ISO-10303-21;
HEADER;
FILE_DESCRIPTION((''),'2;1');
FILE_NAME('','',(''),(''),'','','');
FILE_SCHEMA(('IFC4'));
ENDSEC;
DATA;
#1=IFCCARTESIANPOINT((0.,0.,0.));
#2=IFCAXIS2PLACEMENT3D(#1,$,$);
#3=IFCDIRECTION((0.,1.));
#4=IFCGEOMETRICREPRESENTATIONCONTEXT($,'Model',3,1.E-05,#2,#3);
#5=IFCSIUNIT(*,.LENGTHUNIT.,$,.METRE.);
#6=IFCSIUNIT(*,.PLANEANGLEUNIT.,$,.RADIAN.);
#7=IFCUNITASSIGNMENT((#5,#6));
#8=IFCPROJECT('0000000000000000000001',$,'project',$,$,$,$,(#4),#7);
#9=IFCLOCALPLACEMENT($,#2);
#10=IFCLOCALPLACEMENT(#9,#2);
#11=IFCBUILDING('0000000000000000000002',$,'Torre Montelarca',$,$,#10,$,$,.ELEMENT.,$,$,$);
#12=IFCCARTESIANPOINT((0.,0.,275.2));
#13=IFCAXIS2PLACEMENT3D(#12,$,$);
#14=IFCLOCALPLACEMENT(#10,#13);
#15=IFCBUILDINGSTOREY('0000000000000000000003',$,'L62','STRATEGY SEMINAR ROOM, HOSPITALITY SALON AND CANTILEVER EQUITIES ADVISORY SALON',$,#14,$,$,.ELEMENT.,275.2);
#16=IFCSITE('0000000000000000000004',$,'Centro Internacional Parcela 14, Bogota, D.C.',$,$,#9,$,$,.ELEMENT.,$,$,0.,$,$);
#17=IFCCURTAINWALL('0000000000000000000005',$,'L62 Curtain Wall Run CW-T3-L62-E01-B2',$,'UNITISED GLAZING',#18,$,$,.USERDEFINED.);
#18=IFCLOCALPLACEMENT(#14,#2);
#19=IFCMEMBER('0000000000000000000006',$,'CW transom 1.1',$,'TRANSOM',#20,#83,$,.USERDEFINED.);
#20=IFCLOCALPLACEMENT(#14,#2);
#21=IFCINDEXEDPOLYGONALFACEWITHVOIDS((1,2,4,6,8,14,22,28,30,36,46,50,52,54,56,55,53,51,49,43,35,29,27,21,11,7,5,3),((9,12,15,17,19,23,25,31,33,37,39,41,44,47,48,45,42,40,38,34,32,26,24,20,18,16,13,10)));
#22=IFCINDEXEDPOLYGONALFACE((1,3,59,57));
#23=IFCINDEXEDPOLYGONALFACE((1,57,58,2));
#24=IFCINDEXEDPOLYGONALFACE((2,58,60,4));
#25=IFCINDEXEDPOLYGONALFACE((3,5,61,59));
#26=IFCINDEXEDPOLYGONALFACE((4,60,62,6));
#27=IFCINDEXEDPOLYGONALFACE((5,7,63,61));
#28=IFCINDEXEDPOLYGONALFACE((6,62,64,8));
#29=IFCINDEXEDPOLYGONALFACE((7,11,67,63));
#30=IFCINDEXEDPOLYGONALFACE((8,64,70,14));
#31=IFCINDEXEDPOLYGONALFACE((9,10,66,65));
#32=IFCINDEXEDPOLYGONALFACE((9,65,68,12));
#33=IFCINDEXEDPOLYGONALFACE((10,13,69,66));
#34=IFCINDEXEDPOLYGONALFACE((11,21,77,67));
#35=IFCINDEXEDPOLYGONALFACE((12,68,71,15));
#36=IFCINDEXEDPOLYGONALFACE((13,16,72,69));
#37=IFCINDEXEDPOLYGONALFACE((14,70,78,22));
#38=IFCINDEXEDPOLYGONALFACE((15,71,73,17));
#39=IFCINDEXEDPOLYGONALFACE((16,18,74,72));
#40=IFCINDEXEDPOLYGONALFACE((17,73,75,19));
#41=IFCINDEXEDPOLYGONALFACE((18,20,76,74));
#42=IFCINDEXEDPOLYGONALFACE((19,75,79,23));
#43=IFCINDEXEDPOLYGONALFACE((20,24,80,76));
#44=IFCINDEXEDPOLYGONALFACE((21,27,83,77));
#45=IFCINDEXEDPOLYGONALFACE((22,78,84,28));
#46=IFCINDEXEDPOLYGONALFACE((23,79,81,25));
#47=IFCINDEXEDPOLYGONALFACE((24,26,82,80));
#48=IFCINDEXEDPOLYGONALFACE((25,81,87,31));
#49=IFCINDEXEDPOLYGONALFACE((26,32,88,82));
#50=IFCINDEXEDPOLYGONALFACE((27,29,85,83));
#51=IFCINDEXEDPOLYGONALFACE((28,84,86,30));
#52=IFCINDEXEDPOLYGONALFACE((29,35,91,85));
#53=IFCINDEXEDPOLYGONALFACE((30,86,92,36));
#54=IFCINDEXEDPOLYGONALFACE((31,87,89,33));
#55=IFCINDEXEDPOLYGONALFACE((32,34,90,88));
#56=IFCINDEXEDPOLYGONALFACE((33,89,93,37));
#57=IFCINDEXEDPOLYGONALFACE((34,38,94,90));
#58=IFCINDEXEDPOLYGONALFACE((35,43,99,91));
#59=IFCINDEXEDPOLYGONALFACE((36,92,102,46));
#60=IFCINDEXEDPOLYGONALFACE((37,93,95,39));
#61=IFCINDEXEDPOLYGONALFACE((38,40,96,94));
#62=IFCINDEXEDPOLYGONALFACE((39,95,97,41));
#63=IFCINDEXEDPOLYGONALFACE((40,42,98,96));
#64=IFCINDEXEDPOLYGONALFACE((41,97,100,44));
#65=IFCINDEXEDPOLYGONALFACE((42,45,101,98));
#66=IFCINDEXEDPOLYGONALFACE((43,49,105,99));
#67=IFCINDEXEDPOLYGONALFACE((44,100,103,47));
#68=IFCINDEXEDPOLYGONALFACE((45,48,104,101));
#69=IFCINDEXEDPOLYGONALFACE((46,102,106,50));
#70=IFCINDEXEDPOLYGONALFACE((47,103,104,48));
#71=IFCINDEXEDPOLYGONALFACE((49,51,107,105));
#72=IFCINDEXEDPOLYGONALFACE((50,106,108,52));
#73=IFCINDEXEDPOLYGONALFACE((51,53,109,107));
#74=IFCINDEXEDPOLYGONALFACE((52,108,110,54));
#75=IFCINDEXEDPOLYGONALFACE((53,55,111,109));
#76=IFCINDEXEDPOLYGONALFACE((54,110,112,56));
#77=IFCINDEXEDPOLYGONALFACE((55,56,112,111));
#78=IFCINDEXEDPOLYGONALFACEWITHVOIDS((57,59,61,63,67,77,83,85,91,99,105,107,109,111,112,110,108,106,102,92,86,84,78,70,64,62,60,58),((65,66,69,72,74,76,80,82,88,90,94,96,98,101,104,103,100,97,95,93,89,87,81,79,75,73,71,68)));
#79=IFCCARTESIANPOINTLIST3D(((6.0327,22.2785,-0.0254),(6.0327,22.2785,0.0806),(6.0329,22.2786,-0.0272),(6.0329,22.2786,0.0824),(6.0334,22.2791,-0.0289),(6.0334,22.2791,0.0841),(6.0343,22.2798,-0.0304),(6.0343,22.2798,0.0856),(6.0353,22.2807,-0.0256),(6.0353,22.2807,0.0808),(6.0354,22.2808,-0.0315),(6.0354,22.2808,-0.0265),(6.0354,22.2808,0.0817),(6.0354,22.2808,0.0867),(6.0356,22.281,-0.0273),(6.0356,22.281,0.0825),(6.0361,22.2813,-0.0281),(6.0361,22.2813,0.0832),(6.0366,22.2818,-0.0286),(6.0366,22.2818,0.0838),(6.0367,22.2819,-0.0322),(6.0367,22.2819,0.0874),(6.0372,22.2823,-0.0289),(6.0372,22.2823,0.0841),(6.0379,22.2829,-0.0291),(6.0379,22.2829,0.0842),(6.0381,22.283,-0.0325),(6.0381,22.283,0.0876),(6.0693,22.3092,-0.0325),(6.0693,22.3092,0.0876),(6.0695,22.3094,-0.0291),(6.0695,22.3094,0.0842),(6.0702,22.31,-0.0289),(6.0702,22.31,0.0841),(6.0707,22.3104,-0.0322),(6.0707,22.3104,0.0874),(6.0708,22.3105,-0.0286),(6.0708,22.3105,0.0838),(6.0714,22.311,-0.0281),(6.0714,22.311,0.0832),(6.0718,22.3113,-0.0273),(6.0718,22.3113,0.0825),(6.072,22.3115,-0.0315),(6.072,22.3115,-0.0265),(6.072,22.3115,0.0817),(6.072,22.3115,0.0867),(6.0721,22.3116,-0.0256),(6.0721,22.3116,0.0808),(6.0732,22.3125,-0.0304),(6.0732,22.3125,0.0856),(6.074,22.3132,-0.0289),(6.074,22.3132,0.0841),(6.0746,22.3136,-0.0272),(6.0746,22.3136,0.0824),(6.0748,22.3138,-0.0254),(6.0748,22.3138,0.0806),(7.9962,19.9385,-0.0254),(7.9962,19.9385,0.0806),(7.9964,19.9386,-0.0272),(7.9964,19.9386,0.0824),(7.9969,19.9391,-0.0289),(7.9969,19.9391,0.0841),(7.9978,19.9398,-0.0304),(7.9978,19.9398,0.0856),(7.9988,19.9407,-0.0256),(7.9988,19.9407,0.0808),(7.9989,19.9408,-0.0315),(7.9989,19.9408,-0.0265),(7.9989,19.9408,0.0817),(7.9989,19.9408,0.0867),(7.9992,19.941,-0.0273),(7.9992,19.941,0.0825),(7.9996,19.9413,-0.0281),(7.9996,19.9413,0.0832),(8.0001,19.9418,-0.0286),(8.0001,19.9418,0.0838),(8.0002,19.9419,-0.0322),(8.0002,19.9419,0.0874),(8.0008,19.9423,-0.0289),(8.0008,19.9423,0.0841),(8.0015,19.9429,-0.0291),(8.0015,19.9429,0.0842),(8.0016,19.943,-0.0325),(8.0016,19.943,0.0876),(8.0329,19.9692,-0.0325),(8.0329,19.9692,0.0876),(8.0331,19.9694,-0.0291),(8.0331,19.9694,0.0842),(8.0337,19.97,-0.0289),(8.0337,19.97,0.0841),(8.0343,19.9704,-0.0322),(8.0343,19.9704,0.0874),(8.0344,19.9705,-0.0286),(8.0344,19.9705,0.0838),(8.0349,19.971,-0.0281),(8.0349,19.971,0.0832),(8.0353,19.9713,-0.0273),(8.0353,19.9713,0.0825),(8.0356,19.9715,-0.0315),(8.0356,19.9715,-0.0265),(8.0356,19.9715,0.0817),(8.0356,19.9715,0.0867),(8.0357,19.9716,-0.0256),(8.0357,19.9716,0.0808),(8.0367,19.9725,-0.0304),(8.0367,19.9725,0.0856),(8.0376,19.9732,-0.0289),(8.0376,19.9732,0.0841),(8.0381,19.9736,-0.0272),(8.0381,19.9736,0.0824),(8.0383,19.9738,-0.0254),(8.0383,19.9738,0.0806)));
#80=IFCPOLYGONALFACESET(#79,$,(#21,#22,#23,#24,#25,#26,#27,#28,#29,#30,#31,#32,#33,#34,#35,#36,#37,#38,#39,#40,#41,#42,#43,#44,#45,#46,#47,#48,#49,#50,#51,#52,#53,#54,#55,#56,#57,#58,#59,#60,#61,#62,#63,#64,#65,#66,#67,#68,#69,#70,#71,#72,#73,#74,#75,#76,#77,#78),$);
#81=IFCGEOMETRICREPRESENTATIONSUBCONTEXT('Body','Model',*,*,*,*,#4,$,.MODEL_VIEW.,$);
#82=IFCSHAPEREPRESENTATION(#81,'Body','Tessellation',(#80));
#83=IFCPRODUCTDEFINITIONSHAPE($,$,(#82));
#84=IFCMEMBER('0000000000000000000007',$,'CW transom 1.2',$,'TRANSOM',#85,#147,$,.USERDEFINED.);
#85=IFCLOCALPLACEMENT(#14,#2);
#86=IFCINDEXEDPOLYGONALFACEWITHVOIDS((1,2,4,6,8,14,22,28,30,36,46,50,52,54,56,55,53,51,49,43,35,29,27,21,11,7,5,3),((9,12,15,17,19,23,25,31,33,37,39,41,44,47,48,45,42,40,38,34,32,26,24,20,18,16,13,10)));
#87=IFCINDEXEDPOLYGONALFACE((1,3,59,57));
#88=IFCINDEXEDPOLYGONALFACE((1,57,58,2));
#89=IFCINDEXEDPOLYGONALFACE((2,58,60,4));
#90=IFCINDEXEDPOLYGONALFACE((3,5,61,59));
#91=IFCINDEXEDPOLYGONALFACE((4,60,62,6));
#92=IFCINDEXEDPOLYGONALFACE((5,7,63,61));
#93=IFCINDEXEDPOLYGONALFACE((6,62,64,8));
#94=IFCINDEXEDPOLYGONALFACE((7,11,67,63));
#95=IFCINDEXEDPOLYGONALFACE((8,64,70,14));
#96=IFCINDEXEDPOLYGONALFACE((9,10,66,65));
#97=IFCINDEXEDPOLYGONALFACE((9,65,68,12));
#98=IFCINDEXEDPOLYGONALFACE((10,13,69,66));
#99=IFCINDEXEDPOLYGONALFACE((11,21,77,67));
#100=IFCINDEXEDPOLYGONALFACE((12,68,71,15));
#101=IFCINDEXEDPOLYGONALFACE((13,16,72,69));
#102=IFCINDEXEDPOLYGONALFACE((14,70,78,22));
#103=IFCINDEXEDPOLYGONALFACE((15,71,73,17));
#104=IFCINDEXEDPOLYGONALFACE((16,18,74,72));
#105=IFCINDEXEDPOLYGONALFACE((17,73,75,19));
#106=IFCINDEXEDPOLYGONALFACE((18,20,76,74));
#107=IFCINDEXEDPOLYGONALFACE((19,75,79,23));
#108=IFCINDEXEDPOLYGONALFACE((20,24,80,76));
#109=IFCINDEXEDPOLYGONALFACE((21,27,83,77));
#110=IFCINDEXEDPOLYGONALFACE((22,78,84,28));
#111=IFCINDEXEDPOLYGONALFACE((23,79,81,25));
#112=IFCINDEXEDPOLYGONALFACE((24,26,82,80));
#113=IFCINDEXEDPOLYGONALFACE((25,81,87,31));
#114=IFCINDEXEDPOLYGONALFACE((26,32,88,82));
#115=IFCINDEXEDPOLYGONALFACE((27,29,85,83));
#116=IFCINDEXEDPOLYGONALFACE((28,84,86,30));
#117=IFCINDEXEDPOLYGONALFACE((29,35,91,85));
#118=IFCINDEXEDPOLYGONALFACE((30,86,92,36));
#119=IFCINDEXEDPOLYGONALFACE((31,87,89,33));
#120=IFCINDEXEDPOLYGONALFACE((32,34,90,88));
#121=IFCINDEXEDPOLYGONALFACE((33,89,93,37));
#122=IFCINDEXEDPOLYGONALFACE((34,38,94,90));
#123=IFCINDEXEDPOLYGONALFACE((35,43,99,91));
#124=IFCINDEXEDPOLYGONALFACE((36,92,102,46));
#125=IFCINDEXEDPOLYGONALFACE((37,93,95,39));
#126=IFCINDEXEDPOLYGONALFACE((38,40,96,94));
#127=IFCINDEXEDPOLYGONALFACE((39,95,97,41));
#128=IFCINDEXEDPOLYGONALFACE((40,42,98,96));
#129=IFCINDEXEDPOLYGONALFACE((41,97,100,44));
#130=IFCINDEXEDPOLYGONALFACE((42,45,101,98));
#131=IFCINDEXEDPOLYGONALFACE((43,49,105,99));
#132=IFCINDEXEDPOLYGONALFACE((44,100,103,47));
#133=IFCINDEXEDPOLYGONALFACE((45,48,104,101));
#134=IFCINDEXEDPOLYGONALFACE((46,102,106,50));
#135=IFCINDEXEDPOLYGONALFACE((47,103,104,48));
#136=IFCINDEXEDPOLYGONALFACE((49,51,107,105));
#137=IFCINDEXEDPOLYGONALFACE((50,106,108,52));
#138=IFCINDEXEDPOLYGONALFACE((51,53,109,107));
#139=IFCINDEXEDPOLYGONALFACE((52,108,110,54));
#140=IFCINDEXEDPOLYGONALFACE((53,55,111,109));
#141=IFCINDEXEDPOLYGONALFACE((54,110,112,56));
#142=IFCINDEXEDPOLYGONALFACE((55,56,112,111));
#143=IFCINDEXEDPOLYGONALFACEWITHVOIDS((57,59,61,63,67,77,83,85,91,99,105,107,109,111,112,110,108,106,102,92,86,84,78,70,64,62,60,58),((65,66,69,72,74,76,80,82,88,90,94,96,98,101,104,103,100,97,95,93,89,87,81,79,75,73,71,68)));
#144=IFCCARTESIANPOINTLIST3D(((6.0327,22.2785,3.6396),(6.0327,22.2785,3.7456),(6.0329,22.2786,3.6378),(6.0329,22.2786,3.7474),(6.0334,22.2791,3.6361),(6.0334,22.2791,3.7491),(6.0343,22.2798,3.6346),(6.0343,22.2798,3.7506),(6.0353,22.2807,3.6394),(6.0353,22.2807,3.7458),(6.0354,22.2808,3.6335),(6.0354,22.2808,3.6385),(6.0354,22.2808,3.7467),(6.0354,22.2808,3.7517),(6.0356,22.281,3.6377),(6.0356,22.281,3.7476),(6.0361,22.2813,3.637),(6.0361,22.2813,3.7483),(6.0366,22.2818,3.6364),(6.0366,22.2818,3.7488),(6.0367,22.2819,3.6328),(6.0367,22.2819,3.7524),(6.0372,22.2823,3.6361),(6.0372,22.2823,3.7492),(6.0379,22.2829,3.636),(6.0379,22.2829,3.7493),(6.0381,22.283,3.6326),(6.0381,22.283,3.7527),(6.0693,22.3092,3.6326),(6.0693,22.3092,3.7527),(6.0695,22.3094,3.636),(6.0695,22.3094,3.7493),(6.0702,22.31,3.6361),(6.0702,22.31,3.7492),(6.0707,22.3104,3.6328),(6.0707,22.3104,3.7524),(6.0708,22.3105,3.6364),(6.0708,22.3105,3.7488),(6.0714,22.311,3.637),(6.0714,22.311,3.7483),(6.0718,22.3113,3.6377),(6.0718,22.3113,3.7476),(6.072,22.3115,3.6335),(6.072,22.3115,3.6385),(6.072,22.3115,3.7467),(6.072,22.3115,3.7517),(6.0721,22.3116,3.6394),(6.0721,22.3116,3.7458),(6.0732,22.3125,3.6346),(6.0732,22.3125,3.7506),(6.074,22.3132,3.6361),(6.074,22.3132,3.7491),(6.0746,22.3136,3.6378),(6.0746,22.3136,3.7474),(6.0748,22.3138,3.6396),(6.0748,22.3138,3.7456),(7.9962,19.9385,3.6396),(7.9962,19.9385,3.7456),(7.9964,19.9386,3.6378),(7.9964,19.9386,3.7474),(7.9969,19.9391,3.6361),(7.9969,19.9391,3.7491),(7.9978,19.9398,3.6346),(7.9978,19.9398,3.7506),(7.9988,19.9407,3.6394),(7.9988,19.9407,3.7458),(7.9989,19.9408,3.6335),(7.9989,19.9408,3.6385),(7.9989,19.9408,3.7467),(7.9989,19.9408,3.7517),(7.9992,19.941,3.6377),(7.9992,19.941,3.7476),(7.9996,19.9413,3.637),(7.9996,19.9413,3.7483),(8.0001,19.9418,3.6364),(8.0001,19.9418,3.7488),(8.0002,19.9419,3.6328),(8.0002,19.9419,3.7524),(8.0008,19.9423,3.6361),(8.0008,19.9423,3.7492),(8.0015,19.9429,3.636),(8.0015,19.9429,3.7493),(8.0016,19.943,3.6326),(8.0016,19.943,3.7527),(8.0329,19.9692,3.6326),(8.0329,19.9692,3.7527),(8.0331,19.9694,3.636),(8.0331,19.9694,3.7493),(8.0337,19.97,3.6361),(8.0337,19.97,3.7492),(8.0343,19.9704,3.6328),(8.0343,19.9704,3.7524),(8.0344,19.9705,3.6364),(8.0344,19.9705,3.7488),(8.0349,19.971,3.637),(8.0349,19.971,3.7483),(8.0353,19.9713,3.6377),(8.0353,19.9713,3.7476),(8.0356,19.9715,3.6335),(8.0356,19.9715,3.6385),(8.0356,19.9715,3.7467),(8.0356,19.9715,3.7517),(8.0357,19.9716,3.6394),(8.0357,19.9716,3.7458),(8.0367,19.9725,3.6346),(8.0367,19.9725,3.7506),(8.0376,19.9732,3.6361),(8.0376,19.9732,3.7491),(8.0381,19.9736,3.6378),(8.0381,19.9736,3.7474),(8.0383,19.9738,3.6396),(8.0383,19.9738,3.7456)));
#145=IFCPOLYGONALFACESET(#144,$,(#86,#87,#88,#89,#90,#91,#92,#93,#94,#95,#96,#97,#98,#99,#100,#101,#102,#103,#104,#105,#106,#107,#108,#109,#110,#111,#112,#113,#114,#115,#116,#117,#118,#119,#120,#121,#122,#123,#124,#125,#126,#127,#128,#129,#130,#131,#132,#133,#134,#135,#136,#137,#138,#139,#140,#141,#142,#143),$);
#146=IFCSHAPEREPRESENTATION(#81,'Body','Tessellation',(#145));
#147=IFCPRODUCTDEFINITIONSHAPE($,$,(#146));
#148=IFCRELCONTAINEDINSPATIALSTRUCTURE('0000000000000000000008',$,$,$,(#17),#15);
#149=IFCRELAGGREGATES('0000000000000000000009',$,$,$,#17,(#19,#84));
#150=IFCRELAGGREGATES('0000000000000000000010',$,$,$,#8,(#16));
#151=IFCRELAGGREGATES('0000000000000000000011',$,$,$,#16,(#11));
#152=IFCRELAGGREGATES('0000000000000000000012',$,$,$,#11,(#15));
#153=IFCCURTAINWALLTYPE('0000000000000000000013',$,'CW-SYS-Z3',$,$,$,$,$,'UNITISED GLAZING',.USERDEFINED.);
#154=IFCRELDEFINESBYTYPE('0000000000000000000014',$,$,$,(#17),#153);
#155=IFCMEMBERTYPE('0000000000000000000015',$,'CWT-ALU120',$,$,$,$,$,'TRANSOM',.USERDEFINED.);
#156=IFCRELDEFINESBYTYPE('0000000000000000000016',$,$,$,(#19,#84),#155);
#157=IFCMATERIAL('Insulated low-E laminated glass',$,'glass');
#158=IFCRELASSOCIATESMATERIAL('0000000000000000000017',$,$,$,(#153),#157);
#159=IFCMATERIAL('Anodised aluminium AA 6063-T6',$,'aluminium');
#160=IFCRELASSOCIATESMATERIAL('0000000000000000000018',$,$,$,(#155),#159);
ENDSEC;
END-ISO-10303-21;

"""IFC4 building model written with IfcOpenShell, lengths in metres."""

from ifc_helpers import new_model, si_unit, direction, frame, origin, origin_2d, place, context, subcontext, project, spatial, hollow_rectangle, extrude, source, transform, mapped, material, material_profile, profile_set, type_object, element, aggregate, save


model = new_model("IFC4")

# Units and contexts
model_context = context("Model", 3, precision=1e-05, world=origin(), true_north=direction((0.0, 1.0)))
body_context = subcontext(model_context, "Body", "Model", "MODEL_VIEW")
ifc_project = project(units=[si_unit("LENGTHUNIT", "METRE"), si_unit("PLANEANGLEUNIT", "RADIAN")], contexts=[model_context])

# Site, building, storey
site_placement = place(None, origin())
site = spatial("IfcSite", under=ifc_project, at=site_placement, Name="Centro Internacional Parcela 14, Bogota, D.C.", CompositionType="ELEMENT", RefElevation=0.0)
building_placement = place(site_placement, origin())
building = spatial("IfcBuilding", under=site, at=building_placement, Name="Torre Montelarca", CompositionType="ELEMENT")
storey_placement = place(building_placement, frame((0.0, 0.0, 275.2)))
storey = spatial("IfcBuildingStorey", under=building, at=storey_placement, Name="L62", Description="STRATEGY SEMINAR ROOM, HOSPITALITY SALON AND CANTILEVER EQUITIES ADVISORY SALON", CompositionType="ELEMENT", Elevation=275.2)

# Curtain wall
ifc_material_1 = material(Name="Insulated low-E laminated glass", Category="glass")
curtain_wall_type = type_object("IfcCurtainWallType", Name="CW-SYS-Z3", ElementType="UNITISED GLAZING", PredefinedType="USERDEFINED", material=ifc_material_1)
ifc_material_2 = material(Name="Anodised aluminium AA 6063-T6", Category="aluminium")
curtain_wall_1_placement = place(storey_placement, origin())
curtain_wall_1 = element("IfcCurtainWall", 1, at=curtain_wall_1_placement, inside=storey, type_object=curtain_wall_type, Name="L62 Curtain Wall Run CW-T3-L62-E01-B2", ObjectType="UNITISED GLAZING", PredefinedType="USERDEFINED")

# Members
ifc_material_profile_1 = material_profile(ifc_material_2, hollow_rectangle(XDim=0.0549, YDim=0.1201, WallThickness=0.0034, InnerFilletRadius=0.0034, OuterFilletRadius=0.0071, at=origin_2d()), Name="ALU55X120X3.5", Category="aluminium")
ifc_profile_set_1 = profile_set([ifc_material_profile_1], Name="Anodised aluminium AA 6063-T6")
member_type_1 = type_object("IfcMemberType", Name="CWT-ALU120", ElementType="TRANSOM", PredefinedType="USERDEFINED", material=ifc_profile_set_1)
shared_shape_1 = source(origin(), body_context, "Body", "SweptSolid", [
    extrude(hollow_rectangle(XDim=0.0549, YDim=0.1201, WallThickness=0.0034, InnerFilletRadius=0.0034, OuterFilletRadius=0.0071, at=origin_2d()), origin(), (0.0, 0.0, 1.0), 3.0547),
])
member_1_placement = place(storey_placement, frame((6.0537, 22.2961, 0.0276), z_axis=(0.642798, -0.766035, 0.0), x_axis=(0.766035, 0.642798, 0.0)))
member_1 = element("IfcMember", 2, at=member_1_placement, type_object=member_type_1, Name="CW transom 1.1", ObjectType="TRANSOM", PredefinedType="USERDEFINED", context=body_context, shape_type="MappedRepresentation", body=[
    mapped(shared_shape_1, transform((0.0, 0.0, 0.0), scale=1.0)),
])
member_2_placement = place(storey_placement, frame((6.0537, 22.2961, 3.6926), z_axis=(0.642798, -0.766035, 0.0), x_axis=(0.766035, 0.642798, 0.0)))
member_2 = element("IfcMember", 3, at=member_2_placement, type_object=member_type_1, Name="CW transom 1.2", ObjectType="TRANSOM", PredefinedType="USERDEFINED", context=body_context, shape_type="MappedRepresentation", body=[
    mapped(shared_shape_1, transform((0.0, 0.0, 0.0), scale=1.0)),
])

aggregate(curtain_wall_1, [member_1, member_2])

save(model, "model.ifc")
